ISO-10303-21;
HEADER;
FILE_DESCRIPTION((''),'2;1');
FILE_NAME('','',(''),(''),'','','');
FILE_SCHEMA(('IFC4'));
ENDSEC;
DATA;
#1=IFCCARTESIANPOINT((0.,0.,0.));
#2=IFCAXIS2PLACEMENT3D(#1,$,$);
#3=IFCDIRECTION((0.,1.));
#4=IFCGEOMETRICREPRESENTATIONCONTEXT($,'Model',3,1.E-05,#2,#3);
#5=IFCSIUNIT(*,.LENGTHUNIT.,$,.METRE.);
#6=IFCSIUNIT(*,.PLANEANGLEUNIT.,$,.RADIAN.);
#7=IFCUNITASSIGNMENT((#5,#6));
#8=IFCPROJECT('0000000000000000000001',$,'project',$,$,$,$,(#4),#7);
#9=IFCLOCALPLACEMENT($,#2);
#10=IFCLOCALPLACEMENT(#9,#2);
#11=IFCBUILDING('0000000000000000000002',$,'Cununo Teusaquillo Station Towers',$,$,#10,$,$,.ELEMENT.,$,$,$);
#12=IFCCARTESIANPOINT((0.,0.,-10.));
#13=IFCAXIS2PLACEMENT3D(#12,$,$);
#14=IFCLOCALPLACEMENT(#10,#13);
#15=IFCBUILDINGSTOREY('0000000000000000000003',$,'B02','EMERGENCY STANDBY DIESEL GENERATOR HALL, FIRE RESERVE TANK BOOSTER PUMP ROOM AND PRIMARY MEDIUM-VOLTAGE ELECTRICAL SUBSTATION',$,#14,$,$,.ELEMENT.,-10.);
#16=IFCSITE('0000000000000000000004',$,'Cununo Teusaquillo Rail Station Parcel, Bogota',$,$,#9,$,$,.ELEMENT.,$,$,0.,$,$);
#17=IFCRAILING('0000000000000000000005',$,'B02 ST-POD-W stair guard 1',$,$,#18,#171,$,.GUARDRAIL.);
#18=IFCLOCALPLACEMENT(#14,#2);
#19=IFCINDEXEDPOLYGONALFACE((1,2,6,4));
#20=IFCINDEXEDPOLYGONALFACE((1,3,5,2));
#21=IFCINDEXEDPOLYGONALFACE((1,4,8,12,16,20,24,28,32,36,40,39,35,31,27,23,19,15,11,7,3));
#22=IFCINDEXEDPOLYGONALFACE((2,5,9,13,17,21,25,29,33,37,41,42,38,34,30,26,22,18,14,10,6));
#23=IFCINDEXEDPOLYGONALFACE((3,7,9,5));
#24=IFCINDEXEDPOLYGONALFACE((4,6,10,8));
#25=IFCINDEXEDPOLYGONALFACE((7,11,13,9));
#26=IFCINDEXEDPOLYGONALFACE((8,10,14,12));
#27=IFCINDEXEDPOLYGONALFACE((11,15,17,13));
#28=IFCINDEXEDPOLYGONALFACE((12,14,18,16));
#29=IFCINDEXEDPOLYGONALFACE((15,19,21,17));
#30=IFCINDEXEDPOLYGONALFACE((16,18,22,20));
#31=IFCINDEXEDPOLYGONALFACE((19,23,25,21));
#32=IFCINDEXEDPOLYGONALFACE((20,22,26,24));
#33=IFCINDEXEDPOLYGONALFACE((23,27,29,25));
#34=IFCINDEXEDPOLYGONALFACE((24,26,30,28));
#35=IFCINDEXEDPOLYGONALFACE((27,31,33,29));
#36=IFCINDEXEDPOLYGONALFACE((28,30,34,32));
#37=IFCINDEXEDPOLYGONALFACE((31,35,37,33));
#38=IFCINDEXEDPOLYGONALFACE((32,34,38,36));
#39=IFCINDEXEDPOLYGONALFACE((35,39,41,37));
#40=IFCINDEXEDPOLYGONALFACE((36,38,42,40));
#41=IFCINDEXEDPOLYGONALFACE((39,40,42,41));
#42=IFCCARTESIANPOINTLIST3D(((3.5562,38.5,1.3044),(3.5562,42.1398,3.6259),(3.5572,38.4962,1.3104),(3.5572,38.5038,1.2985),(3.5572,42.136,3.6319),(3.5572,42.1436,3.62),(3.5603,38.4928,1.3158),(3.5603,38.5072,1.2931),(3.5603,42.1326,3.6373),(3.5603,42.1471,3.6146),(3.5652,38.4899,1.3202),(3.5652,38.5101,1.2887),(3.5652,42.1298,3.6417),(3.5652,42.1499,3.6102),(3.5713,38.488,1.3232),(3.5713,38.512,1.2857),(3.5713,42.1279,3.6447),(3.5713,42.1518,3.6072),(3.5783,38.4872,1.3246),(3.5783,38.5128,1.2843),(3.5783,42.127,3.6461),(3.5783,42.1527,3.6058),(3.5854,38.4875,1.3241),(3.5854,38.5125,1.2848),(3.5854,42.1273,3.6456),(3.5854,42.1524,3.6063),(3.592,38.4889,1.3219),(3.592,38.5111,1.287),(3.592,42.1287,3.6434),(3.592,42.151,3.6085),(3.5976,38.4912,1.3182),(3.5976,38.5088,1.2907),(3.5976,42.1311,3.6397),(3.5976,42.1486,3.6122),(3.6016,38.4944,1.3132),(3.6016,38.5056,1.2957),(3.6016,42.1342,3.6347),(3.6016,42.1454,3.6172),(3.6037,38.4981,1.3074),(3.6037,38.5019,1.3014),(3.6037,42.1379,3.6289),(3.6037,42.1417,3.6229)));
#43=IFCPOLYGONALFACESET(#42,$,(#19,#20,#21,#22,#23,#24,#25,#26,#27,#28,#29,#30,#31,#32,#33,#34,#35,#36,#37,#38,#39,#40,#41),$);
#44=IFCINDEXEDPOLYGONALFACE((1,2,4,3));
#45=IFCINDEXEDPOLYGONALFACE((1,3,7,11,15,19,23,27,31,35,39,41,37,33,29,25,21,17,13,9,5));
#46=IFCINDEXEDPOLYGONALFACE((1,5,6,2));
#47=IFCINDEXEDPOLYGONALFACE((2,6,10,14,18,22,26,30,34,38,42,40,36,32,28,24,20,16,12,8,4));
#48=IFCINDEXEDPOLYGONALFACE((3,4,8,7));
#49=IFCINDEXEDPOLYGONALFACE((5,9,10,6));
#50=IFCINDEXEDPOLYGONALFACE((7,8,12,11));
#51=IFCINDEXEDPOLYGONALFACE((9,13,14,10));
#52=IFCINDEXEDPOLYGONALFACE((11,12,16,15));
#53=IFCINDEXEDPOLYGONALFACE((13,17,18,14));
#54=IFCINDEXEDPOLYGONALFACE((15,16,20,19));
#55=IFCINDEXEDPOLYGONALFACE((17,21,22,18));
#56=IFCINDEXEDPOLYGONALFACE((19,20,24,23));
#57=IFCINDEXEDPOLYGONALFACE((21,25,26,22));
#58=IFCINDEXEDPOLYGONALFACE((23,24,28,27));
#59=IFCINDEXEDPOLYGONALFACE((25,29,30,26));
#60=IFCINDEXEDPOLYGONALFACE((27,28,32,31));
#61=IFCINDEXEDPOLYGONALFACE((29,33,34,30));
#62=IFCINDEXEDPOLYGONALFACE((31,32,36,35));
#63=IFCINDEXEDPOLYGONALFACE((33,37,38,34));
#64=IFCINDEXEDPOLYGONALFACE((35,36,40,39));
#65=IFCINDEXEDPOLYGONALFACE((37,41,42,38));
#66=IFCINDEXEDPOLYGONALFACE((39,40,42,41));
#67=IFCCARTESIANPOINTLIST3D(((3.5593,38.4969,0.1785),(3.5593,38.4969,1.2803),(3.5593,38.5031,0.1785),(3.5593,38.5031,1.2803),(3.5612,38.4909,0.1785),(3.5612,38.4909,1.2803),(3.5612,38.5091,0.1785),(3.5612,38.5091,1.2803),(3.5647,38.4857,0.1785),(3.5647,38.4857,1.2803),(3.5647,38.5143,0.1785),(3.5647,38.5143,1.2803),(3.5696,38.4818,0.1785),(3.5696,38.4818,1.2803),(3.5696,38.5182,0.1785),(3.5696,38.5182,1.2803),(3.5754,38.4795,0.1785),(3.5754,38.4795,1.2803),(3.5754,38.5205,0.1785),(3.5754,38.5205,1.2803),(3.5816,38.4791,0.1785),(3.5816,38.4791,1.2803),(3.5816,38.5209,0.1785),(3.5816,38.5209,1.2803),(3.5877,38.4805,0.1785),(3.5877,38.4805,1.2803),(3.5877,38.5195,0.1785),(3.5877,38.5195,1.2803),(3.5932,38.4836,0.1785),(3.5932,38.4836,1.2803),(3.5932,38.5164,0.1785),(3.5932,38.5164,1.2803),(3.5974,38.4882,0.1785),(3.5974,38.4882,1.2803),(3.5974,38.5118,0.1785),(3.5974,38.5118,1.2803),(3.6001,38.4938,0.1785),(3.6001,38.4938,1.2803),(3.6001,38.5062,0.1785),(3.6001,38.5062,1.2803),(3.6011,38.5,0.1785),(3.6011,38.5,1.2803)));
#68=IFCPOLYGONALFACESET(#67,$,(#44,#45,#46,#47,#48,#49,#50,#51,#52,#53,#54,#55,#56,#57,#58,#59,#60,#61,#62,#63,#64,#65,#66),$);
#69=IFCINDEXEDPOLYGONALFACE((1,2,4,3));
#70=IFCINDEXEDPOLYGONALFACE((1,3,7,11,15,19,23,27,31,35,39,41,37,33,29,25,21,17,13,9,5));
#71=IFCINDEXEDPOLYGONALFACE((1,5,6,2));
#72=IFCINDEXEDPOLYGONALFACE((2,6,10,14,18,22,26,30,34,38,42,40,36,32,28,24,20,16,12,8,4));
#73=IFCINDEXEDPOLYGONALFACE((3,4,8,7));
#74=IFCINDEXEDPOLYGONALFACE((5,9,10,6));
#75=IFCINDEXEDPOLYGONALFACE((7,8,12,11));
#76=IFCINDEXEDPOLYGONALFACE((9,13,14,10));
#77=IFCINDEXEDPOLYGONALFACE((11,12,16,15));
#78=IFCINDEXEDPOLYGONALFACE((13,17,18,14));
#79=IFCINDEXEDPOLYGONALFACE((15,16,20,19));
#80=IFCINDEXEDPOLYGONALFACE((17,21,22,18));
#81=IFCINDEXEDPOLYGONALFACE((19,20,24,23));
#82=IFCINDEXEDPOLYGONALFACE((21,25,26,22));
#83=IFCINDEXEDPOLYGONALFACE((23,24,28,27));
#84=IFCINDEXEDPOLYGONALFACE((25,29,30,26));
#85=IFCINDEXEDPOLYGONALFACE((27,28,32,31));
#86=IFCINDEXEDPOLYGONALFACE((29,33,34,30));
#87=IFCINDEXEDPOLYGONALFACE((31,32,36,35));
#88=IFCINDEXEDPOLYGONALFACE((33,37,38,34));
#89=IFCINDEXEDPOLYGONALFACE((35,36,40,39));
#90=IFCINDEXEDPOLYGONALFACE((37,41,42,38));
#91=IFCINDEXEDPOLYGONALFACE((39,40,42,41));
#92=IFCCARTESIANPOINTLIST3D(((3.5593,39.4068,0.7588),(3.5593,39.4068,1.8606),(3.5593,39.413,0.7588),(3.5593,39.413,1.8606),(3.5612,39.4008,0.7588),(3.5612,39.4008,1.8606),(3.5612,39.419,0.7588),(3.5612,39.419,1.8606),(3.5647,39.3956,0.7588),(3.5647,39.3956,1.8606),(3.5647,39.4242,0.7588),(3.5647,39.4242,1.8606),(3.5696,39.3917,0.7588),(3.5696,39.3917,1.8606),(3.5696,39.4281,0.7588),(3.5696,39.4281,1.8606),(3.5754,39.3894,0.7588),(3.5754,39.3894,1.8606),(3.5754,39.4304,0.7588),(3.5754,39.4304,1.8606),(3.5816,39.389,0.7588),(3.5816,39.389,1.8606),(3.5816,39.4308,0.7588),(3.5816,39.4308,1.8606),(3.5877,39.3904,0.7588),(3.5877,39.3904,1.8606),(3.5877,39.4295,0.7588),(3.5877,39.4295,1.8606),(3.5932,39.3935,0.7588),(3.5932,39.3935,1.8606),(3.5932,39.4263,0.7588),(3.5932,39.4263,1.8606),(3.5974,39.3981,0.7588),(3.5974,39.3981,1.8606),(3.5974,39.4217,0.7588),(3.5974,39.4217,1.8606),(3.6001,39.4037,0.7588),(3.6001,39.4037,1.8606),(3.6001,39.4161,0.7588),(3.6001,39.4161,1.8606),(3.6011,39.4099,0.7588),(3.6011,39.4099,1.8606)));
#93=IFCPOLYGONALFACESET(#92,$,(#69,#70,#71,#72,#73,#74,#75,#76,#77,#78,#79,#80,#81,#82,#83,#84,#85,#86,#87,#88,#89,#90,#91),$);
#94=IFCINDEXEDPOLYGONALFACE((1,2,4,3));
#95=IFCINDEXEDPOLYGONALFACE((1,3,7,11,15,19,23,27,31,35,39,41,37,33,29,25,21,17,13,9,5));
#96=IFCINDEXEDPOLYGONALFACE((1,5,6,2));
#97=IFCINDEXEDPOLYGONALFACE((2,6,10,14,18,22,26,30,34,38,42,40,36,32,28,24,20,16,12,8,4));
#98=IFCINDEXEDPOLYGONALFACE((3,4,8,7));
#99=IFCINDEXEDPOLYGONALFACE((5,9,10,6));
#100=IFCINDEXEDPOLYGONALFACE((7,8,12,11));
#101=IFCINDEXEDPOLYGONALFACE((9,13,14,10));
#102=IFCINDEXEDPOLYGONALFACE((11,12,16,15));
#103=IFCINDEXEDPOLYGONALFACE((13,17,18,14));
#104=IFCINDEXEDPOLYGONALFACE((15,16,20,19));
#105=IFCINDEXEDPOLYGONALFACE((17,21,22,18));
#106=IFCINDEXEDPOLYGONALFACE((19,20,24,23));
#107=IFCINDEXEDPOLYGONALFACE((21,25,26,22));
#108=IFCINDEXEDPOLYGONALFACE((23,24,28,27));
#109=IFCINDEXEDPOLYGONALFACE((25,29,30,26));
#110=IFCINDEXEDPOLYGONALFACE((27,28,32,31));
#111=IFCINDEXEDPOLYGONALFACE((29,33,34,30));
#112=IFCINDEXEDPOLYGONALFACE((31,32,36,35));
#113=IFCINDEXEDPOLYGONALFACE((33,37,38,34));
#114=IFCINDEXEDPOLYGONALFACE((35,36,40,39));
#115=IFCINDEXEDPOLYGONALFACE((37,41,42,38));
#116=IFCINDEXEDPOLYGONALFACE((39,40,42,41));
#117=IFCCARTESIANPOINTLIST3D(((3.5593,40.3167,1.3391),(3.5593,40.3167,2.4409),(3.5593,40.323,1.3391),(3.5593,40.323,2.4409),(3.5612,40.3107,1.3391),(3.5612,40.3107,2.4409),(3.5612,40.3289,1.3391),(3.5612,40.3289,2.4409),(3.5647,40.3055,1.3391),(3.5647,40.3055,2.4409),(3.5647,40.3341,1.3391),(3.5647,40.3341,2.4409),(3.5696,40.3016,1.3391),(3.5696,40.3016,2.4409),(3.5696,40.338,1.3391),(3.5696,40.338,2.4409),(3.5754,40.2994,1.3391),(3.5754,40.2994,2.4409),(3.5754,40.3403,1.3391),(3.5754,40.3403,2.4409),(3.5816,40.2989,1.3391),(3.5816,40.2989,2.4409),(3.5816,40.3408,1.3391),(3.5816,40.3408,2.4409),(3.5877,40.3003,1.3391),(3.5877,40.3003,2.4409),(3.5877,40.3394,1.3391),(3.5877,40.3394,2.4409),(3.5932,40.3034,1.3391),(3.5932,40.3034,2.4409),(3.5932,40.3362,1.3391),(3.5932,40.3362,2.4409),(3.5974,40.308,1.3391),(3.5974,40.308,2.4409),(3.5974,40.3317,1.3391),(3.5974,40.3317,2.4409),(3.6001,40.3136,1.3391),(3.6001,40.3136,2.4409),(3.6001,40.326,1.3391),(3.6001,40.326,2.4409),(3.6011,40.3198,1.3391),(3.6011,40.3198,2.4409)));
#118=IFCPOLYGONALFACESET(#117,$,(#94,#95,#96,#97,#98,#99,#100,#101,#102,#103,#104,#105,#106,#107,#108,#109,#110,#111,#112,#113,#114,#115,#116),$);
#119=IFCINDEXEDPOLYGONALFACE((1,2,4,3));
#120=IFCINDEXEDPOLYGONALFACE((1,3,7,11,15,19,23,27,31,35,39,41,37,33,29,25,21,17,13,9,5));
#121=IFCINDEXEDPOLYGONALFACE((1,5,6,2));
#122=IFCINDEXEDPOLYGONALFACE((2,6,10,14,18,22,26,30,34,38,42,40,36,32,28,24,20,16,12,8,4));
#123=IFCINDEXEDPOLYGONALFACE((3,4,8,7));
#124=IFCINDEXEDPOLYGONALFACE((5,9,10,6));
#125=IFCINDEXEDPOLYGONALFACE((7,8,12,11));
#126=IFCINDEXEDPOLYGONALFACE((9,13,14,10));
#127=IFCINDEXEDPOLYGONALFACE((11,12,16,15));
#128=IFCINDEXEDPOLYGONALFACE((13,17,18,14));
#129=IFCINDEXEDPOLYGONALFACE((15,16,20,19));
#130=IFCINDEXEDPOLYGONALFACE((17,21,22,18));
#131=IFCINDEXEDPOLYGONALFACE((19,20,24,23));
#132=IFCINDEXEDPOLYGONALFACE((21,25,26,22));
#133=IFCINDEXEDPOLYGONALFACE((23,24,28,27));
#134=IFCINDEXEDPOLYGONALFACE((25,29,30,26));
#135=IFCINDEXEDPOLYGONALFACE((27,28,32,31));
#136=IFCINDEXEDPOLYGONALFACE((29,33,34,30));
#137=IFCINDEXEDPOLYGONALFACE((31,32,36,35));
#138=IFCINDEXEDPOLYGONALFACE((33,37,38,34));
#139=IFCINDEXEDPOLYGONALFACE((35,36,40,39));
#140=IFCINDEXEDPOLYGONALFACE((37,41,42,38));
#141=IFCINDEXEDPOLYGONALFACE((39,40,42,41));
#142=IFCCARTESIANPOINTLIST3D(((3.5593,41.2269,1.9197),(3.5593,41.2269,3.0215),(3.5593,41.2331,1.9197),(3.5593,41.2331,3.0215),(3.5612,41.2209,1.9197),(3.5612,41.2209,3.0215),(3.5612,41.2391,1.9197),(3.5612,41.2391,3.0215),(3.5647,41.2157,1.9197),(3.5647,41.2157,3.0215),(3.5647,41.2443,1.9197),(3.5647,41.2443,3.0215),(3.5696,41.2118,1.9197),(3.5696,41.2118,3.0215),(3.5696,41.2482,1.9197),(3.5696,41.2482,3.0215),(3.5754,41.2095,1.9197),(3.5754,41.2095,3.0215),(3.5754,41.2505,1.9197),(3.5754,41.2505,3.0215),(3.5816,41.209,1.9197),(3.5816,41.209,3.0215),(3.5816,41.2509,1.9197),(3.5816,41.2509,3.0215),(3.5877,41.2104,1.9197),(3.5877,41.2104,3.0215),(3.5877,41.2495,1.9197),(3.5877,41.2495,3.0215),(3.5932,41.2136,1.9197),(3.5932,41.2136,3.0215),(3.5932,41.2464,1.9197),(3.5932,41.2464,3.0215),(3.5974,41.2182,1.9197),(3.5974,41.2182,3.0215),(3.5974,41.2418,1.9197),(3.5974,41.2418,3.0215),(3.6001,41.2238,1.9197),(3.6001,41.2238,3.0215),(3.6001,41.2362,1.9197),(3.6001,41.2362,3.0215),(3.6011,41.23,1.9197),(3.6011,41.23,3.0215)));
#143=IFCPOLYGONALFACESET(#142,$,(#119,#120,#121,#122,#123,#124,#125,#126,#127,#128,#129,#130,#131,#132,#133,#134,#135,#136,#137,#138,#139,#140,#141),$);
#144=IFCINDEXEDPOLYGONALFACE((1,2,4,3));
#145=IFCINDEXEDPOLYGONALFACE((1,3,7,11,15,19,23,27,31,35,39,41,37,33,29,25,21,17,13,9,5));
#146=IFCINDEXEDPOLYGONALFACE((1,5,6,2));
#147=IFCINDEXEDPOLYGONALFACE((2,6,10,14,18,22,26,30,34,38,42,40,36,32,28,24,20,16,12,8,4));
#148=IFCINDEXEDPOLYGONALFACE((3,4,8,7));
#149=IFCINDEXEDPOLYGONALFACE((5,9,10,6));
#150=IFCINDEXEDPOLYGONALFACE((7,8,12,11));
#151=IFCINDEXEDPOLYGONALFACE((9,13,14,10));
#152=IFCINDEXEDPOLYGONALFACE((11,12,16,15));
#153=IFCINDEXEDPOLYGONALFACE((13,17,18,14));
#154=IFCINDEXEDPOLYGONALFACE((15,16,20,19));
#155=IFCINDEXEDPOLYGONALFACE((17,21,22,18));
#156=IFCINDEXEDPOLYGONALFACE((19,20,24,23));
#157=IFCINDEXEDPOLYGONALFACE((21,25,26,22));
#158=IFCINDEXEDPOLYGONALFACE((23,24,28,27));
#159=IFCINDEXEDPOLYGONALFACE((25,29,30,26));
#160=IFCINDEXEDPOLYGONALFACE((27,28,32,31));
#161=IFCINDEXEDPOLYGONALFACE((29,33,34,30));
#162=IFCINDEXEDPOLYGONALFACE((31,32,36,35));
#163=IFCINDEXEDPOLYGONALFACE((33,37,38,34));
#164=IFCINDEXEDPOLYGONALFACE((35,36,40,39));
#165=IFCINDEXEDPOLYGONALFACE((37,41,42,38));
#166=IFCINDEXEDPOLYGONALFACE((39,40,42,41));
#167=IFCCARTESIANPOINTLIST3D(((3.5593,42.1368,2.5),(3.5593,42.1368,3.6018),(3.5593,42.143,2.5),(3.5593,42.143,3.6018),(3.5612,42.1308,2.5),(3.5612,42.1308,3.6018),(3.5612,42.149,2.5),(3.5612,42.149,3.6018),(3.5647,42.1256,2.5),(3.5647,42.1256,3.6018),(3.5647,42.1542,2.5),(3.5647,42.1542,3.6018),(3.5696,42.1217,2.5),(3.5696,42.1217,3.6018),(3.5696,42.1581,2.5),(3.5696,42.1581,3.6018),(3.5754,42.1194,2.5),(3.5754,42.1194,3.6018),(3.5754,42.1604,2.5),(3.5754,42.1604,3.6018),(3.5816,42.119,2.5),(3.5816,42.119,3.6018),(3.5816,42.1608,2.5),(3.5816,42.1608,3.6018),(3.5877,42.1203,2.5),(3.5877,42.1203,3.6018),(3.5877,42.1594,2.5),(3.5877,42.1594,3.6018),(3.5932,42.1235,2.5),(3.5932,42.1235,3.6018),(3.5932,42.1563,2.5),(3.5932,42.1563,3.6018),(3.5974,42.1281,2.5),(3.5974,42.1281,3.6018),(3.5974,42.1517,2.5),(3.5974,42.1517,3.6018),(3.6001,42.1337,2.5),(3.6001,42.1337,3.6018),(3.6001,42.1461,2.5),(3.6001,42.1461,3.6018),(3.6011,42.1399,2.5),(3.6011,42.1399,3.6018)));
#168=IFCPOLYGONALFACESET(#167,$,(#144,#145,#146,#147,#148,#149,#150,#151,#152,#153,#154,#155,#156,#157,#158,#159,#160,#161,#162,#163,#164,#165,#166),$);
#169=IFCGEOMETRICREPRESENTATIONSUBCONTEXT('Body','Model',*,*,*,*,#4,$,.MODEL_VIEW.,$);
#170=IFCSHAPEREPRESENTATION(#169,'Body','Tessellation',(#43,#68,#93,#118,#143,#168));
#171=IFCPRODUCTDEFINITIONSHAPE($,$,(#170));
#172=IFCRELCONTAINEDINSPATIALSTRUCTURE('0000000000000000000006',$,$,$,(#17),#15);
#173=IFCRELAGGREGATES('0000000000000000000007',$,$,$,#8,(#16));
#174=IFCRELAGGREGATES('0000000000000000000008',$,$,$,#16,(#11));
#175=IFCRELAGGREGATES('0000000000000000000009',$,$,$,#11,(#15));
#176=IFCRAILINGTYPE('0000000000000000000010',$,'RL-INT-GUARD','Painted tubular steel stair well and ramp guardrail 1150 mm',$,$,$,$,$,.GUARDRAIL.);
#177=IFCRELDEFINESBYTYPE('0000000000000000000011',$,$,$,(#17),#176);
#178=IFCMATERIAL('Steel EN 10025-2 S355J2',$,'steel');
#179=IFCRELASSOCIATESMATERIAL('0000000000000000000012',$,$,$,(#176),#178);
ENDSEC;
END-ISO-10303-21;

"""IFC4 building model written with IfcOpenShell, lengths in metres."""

from ifc_helpers import new_model, si_unit, direction, frame, origin, origin_2d, place, context, subcontext, project, spatial, circle, extrude, material, type_object, element, save


model = new_model("IFC4")

# Units and contexts
model_context = context("Model", 3, precision=1e-05, world=origin(), true_north=direction((0.0, 1.0)))
body_context = subcontext(model_context, "Body", "Model", "MODEL_VIEW")
ifc_project = project(units=[si_unit("LENGTHUNIT", "METRE"), si_unit("PLANEANGLEUNIT", "RADIAN")], contexts=[model_context])

# Site, building, storey
site_placement = place(None, origin())
site = spatial("IfcSite", under=ifc_project, at=site_placement, Name="Cununo Teusaquillo Rail Station Parcel, Bogota", CompositionType="ELEMENT", RefElevation=0.0)
building_placement = place(site_placement, origin())
building = spatial("IfcBuilding", under=site, at=building_placement, Name="Cununo Teusaquillo Station Towers", CompositionType="ELEMENT")
storey_placement = place(building_placement, frame((0.0, 0.0, -10.0)))
storey = spatial("IfcBuildingStorey", under=building, at=storey_placement, Name="B02", Description="EMERGENCY STANDBY DIESEL GENERATOR HALL, FIRE RESERVE TANK BOOSTER PUMP ROOM AND PRIMARY MEDIUM-VOLTAGE ELECTRICAL SUBSTATION", CompositionType="ELEMENT", Elevation=-10.0)

# Railing
ifc_material_1 = material(Name="Steel EN 10025-2 S355J2", Category="steel")
railing_type_1 = type_object("IfcRailingType", Name="RL-INT-GUARD", Description="Painted tubular steel stair well and ramp guardrail 1150 mm", PredefinedType="GUARDRAIL", material=ifc_material_1)
railing_1_placement = place(storey_placement, frame((3.5801, 38.5, 0.1785)))
element("IfcRailing", 1, at=railing_1_placement, inside=storey, type_object=railing_type_1, Name="B02 ST-POD-W stair guard 1", PredefinedType="GUARDRAIL", context=body_context, shape_type="SweptSolid", body=[
    extrude(circle(Radius=0.0239, at=origin_2d()), frame((0.0, 0.0, 1.126), z_axis=(0.0, 0.843112, 0.537739), x_axis=(-1.0, 0.0, 0.0)), (0.0, 0.0, 1.0), 4.3171),
    extrude(circle(Radius=0.021, at=origin_2d()), origin(), (0.0, 0.0, 1.0), 1.1018),
    extrude(circle(Radius=0.021, at=origin_2d()), frame((0.0, 0.9099, 0.5803)), (0.0, 0.0, 1.0), 1.1018),
    extrude(circle(Radius=0.021, at=origin_2d()), frame((0.0, 1.8198, 1.1606)), (0.0, 0.0, 1.0), 1.1018),
    extrude(circle(Radius=0.021, at=origin_2d()), frame((0.0, 2.73, 1.7412)), (0.0, 0.0, 1.0), 1.1018),
    extrude(circle(Radius=0.021, at=origin_2d()), frame((0.0, 3.6399, 2.3215)), (0.0, 0.0, 1.0), 1.1018),
])

save(model, "model.ifc")
